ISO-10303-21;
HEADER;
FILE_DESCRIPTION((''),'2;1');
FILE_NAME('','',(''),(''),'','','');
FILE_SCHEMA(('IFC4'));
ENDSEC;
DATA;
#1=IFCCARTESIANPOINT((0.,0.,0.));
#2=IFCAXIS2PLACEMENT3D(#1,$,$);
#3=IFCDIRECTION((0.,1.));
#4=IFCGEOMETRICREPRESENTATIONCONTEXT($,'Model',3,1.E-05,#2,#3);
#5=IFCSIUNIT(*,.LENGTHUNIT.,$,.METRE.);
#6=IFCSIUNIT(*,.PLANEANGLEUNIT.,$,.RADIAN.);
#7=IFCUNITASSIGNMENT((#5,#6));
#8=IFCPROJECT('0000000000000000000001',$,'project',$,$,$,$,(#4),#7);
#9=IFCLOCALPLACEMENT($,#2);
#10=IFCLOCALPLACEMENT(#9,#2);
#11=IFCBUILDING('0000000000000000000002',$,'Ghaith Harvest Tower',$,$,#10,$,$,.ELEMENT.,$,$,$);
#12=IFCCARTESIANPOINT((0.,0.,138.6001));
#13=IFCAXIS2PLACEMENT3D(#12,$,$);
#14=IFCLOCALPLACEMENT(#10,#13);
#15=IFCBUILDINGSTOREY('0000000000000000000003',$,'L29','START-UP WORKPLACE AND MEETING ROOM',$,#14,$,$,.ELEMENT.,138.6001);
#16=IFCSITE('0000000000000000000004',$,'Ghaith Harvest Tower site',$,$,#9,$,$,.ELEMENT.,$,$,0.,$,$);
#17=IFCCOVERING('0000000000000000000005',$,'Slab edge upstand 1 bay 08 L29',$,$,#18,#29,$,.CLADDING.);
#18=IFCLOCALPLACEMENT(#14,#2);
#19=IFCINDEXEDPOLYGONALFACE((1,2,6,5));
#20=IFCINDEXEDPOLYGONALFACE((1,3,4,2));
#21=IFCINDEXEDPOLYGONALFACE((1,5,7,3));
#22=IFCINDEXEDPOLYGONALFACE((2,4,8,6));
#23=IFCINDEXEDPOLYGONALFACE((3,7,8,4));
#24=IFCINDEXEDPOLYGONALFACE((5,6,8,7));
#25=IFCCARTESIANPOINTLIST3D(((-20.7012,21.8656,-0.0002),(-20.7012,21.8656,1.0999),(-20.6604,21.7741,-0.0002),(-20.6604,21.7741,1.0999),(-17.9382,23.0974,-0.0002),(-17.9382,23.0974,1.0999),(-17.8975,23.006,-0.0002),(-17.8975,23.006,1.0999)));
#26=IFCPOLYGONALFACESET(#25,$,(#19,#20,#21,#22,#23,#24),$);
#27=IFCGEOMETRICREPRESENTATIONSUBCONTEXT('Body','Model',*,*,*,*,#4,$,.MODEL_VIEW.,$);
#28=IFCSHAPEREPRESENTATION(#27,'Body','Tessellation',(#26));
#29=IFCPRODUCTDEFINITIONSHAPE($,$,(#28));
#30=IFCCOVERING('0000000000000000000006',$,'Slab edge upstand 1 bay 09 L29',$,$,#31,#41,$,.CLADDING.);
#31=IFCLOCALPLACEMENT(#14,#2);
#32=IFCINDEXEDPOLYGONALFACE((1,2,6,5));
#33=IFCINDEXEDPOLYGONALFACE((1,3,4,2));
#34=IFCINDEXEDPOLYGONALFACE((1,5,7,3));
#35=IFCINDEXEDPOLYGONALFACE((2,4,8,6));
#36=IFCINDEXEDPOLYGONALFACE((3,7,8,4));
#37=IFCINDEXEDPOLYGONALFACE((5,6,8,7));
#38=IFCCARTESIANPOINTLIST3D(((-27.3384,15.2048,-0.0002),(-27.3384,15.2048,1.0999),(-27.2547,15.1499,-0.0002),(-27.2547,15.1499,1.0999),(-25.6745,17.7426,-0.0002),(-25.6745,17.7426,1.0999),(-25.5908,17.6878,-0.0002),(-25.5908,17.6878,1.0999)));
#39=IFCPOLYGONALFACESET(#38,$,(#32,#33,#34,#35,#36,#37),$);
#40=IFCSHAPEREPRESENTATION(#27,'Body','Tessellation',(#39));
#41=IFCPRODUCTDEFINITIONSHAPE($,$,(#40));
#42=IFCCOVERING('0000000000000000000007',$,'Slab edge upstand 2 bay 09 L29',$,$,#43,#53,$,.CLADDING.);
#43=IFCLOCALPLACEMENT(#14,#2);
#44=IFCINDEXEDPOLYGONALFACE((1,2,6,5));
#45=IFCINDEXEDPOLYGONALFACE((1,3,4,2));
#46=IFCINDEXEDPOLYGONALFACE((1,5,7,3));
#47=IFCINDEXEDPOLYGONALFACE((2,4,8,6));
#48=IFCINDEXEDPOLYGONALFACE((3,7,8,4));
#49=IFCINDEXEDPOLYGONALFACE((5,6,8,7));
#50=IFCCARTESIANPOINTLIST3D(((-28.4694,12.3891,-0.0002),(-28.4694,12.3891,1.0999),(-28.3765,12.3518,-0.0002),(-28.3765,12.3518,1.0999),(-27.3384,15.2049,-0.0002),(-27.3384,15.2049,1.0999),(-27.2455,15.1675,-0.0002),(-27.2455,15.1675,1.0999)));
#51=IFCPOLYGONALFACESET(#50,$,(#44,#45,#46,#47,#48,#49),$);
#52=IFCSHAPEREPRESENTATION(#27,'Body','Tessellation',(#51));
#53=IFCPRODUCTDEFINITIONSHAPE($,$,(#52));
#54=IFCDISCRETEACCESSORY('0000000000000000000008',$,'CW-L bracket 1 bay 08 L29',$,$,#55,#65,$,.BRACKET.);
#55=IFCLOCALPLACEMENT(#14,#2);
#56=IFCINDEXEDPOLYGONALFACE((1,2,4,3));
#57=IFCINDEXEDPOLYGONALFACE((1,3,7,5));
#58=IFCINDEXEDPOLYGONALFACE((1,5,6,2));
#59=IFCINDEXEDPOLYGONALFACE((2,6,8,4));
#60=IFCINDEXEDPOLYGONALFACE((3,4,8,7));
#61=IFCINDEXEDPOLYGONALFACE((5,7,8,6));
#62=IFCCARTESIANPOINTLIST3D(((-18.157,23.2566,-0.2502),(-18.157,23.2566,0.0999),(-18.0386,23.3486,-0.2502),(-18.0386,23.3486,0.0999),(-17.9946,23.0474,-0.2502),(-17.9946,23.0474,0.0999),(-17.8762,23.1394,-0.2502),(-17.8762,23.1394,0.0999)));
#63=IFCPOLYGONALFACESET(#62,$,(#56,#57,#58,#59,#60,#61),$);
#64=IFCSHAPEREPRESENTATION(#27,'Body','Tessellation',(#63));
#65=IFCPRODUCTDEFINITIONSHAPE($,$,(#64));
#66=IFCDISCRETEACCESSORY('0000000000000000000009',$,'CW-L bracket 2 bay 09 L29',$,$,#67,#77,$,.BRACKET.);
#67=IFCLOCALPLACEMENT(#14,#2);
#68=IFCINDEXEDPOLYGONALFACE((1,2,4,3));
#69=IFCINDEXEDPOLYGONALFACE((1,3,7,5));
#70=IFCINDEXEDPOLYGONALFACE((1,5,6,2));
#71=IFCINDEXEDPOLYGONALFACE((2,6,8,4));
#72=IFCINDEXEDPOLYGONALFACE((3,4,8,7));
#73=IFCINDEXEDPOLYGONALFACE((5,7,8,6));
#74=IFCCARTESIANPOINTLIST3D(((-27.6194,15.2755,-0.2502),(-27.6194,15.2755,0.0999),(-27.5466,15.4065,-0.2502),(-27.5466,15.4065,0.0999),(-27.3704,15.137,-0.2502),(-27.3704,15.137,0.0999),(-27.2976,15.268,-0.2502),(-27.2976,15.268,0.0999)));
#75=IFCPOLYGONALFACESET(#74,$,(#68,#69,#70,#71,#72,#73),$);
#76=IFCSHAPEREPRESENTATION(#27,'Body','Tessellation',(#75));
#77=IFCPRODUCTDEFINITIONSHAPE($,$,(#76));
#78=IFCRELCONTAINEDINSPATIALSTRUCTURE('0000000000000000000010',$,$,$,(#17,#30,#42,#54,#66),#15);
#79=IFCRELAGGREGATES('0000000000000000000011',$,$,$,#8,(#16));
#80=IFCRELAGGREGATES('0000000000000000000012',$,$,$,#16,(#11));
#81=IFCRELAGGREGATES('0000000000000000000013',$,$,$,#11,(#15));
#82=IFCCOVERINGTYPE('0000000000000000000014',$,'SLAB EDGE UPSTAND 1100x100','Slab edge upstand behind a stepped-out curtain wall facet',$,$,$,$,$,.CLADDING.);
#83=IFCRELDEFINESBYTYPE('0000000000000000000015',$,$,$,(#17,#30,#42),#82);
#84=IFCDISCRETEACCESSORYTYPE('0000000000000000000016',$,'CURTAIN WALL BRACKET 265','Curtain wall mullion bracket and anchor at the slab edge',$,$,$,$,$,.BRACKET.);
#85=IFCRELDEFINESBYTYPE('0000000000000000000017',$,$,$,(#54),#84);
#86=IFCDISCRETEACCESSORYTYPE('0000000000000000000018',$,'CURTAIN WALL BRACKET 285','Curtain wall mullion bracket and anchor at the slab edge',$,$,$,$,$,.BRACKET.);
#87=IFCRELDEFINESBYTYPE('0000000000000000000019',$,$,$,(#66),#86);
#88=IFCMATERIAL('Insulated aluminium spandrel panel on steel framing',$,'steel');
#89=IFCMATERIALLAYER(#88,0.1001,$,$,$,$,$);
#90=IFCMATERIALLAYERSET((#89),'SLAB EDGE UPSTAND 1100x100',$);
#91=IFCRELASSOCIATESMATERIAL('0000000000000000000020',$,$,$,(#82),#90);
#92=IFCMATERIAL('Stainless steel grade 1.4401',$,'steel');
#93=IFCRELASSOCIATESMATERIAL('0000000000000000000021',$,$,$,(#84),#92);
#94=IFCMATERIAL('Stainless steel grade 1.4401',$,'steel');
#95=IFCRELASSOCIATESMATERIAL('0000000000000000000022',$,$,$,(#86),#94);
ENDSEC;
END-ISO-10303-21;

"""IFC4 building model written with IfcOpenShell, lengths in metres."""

from ifc_helpers import new_model, si_unit, direction, frame, origin, origin_2d, place, context, subcontext, project, spatial, rectangle, extrude, material, layer, layer_set, type_object, element, save


model = new_model("IFC4")

# Units and contexts
model_context = context("Model", 3, precision=1e-05, world=origin(), true_north=direction((0.0, 1.0)))
body_context = subcontext(model_context, "Body", "Model", "MODEL_VIEW")
ifc_project = project(units=[si_unit("LENGTHUNIT", "METRE"), si_unit("PLANEANGLEUNIT", "RADIAN")], contexts=[model_context])

# Site, building, storey
site_placement = place(None, origin())
site = spatial("IfcSite", under=ifc_project, at=site_placement, Name="Ghaith Harvest Tower site", CompositionType="ELEMENT", RefElevation=0.0)
building_placement = place(site_placement, origin())
building = spatial("IfcBuilding", under=site, at=building_placement, Name="Ghaith Harvest Tower", CompositionType="ELEMENT")
storey_placement = place(building_placement, frame((0.0, 0.0, 138.6001)))
storey = spatial("IfcBuildingStorey", under=building, at=storey_placement, Name="L29", Description="START-UP WORKPLACE AND MEETING ROOM", CompositionType="ELEMENT", Elevation=138.6001)

# Coverings
ifc_material_1 = material(Name="Insulated aluminium spandrel panel on steel framing", Category="steel")
ifc_layer_1 = layer(ifc_material_1, 0.1001)
ifc_layer_set_1 = layer_set([ifc_layer_1], Name="SLAB EDGE UPSTAND 1100x100")
covering_type = type_object("IfcCoveringType", Name="SLAB EDGE UPSTAND 1100x100", Description="Slab edge upstand behind a stepped-out curtain wall facet", PredefinedType="CLADDING", material=ifc_layer_set_1)
covering_1_placement = place(storey_placement, frame((-19.2993, 22.4358, -0.0002), z_axis=(0.0, 0.0, 1.0), x_axis=(-0.913335, -0.40721, 0.0)))
element("IfcCovering", 1, at=covering_1_placement, inside=storey, type_object=covering_type, Name="Slab edge upstand 1 bay 08 L29", PredefinedType="CLADDING", context=body_context, shape_type="SweptSolid", body=[
    extrude(rectangle(XDim=3.0251, YDim=0.1001, at=origin_2d()), origin(), (0.0, 0.0, 1.0), 1.1001),
])
covering_2_placement = place(storey_placement, frame((-26.4646, 16.4463, -0.0002), z_axis=(0.0, 0.0, 1.0), x_axis=(-0.548312, -0.836274, 0.0)))
element("IfcCovering", 2, at=covering_2_placement, inside=storey, type_object=covering_type, Name="Slab edge upstand 1 bay 09 L29", PredefinedType="CLADDING", context=body_context, shape_type="SweptSolid", body=[
    extrude(rectangle(XDim=3.0347, YDim=0.1001, at=origin_2d()), origin(), (0.0, 0.0, 1.0), 1.1001),
])
covering_3_placement = place(storey_placement, frame((-27.8574, 13.7783, -0.0002), z_axis=(0.0, 0.0, 1.0), x_axis=(-0.372732, -0.927939, 0.0)))
element("IfcCovering", 3, at=covering_3_placement, inside=storey, type_object=covering_type, Name="Slab edge upstand 2 bay 09 L29", PredefinedType="CLADDING", context=body_context, shape_type="SweptSolid", body=[
    extrude(rectangle(XDim=3.0344, YDim=0.1001, at=origin_2d()), origin(), (0.0, 0.0, 1.0), 1.1001),
])

# Discrete accessories
ifc_material_2 = material(Name="Stainless steel grade 1.4401", Category="steel")
discrete_accessory_type_1 = type_object("IfcDiscreteAccessoryType", Name="CURTAIN WALL BRACKET 265", Description="Curtain wall mullion bracket and anchor at the slab edge", PredefinedType="BRACKET", material=ifc_material_2)
discrete_accessory_1_placement = place(storey_placement, frame((-18.0166, 23.198, -0.2502), z_axis=(0.0, 0.0, 1.0), x_axis=(-0.613378, 0.78979, 0.0)))
element("IfcDiscreteAccessory", 4, at=discrete_accessory_1_placement, inside=storey, type_object=discrete_accessory_type_1, Name="CW-L bracket 1 bay 08 L29", PredefinedType="BRACKET", context=body_context, shape_type="SweptSolid", body=[
    extrude(rectangle(XDim=0.2649, YDim=0.1499, at=origin_2d()), origin(), (0.0, 0.0, 1.0), 0.3501),
])
ifc_material_3 = material(Name="Stainless steel grade 1.4401", Category="steel")
discrete_accessory_type_2 = type_object("IfcDiscreteAccessoryType", Name="CURTAIN WALL BRACKET 285", Description="Curtain wall mullion bracket and anchor at the slab edge", PredefinedType="BRACKET", material=ifc_material_3)
discrete_accessory_2_placement = place(storey_placement, frame((-27.4585, 15.2717, -0.2502), z_axis=(0.0, 0.0, 1.0), x_axis=(-0.873927, 0.486057, 0.0)))
element("IfcDiscreteAccessory", 5, at=discrete_accessory_2_placement, inside=storey, type_object=discrete_accessory_type_2, Name="CW-L bracket 2 bay 09 L29", PredefinedType="BRACKET", context=body_context, shape_type="SweptSolid", body=[
    extrude(rectangle(XDim=0.2849, YDim=0.1499, at=origin_2d()), origin(), (0.0, 0.0, 1.0), 0.3501),
])

save(model, "model.ifc")
